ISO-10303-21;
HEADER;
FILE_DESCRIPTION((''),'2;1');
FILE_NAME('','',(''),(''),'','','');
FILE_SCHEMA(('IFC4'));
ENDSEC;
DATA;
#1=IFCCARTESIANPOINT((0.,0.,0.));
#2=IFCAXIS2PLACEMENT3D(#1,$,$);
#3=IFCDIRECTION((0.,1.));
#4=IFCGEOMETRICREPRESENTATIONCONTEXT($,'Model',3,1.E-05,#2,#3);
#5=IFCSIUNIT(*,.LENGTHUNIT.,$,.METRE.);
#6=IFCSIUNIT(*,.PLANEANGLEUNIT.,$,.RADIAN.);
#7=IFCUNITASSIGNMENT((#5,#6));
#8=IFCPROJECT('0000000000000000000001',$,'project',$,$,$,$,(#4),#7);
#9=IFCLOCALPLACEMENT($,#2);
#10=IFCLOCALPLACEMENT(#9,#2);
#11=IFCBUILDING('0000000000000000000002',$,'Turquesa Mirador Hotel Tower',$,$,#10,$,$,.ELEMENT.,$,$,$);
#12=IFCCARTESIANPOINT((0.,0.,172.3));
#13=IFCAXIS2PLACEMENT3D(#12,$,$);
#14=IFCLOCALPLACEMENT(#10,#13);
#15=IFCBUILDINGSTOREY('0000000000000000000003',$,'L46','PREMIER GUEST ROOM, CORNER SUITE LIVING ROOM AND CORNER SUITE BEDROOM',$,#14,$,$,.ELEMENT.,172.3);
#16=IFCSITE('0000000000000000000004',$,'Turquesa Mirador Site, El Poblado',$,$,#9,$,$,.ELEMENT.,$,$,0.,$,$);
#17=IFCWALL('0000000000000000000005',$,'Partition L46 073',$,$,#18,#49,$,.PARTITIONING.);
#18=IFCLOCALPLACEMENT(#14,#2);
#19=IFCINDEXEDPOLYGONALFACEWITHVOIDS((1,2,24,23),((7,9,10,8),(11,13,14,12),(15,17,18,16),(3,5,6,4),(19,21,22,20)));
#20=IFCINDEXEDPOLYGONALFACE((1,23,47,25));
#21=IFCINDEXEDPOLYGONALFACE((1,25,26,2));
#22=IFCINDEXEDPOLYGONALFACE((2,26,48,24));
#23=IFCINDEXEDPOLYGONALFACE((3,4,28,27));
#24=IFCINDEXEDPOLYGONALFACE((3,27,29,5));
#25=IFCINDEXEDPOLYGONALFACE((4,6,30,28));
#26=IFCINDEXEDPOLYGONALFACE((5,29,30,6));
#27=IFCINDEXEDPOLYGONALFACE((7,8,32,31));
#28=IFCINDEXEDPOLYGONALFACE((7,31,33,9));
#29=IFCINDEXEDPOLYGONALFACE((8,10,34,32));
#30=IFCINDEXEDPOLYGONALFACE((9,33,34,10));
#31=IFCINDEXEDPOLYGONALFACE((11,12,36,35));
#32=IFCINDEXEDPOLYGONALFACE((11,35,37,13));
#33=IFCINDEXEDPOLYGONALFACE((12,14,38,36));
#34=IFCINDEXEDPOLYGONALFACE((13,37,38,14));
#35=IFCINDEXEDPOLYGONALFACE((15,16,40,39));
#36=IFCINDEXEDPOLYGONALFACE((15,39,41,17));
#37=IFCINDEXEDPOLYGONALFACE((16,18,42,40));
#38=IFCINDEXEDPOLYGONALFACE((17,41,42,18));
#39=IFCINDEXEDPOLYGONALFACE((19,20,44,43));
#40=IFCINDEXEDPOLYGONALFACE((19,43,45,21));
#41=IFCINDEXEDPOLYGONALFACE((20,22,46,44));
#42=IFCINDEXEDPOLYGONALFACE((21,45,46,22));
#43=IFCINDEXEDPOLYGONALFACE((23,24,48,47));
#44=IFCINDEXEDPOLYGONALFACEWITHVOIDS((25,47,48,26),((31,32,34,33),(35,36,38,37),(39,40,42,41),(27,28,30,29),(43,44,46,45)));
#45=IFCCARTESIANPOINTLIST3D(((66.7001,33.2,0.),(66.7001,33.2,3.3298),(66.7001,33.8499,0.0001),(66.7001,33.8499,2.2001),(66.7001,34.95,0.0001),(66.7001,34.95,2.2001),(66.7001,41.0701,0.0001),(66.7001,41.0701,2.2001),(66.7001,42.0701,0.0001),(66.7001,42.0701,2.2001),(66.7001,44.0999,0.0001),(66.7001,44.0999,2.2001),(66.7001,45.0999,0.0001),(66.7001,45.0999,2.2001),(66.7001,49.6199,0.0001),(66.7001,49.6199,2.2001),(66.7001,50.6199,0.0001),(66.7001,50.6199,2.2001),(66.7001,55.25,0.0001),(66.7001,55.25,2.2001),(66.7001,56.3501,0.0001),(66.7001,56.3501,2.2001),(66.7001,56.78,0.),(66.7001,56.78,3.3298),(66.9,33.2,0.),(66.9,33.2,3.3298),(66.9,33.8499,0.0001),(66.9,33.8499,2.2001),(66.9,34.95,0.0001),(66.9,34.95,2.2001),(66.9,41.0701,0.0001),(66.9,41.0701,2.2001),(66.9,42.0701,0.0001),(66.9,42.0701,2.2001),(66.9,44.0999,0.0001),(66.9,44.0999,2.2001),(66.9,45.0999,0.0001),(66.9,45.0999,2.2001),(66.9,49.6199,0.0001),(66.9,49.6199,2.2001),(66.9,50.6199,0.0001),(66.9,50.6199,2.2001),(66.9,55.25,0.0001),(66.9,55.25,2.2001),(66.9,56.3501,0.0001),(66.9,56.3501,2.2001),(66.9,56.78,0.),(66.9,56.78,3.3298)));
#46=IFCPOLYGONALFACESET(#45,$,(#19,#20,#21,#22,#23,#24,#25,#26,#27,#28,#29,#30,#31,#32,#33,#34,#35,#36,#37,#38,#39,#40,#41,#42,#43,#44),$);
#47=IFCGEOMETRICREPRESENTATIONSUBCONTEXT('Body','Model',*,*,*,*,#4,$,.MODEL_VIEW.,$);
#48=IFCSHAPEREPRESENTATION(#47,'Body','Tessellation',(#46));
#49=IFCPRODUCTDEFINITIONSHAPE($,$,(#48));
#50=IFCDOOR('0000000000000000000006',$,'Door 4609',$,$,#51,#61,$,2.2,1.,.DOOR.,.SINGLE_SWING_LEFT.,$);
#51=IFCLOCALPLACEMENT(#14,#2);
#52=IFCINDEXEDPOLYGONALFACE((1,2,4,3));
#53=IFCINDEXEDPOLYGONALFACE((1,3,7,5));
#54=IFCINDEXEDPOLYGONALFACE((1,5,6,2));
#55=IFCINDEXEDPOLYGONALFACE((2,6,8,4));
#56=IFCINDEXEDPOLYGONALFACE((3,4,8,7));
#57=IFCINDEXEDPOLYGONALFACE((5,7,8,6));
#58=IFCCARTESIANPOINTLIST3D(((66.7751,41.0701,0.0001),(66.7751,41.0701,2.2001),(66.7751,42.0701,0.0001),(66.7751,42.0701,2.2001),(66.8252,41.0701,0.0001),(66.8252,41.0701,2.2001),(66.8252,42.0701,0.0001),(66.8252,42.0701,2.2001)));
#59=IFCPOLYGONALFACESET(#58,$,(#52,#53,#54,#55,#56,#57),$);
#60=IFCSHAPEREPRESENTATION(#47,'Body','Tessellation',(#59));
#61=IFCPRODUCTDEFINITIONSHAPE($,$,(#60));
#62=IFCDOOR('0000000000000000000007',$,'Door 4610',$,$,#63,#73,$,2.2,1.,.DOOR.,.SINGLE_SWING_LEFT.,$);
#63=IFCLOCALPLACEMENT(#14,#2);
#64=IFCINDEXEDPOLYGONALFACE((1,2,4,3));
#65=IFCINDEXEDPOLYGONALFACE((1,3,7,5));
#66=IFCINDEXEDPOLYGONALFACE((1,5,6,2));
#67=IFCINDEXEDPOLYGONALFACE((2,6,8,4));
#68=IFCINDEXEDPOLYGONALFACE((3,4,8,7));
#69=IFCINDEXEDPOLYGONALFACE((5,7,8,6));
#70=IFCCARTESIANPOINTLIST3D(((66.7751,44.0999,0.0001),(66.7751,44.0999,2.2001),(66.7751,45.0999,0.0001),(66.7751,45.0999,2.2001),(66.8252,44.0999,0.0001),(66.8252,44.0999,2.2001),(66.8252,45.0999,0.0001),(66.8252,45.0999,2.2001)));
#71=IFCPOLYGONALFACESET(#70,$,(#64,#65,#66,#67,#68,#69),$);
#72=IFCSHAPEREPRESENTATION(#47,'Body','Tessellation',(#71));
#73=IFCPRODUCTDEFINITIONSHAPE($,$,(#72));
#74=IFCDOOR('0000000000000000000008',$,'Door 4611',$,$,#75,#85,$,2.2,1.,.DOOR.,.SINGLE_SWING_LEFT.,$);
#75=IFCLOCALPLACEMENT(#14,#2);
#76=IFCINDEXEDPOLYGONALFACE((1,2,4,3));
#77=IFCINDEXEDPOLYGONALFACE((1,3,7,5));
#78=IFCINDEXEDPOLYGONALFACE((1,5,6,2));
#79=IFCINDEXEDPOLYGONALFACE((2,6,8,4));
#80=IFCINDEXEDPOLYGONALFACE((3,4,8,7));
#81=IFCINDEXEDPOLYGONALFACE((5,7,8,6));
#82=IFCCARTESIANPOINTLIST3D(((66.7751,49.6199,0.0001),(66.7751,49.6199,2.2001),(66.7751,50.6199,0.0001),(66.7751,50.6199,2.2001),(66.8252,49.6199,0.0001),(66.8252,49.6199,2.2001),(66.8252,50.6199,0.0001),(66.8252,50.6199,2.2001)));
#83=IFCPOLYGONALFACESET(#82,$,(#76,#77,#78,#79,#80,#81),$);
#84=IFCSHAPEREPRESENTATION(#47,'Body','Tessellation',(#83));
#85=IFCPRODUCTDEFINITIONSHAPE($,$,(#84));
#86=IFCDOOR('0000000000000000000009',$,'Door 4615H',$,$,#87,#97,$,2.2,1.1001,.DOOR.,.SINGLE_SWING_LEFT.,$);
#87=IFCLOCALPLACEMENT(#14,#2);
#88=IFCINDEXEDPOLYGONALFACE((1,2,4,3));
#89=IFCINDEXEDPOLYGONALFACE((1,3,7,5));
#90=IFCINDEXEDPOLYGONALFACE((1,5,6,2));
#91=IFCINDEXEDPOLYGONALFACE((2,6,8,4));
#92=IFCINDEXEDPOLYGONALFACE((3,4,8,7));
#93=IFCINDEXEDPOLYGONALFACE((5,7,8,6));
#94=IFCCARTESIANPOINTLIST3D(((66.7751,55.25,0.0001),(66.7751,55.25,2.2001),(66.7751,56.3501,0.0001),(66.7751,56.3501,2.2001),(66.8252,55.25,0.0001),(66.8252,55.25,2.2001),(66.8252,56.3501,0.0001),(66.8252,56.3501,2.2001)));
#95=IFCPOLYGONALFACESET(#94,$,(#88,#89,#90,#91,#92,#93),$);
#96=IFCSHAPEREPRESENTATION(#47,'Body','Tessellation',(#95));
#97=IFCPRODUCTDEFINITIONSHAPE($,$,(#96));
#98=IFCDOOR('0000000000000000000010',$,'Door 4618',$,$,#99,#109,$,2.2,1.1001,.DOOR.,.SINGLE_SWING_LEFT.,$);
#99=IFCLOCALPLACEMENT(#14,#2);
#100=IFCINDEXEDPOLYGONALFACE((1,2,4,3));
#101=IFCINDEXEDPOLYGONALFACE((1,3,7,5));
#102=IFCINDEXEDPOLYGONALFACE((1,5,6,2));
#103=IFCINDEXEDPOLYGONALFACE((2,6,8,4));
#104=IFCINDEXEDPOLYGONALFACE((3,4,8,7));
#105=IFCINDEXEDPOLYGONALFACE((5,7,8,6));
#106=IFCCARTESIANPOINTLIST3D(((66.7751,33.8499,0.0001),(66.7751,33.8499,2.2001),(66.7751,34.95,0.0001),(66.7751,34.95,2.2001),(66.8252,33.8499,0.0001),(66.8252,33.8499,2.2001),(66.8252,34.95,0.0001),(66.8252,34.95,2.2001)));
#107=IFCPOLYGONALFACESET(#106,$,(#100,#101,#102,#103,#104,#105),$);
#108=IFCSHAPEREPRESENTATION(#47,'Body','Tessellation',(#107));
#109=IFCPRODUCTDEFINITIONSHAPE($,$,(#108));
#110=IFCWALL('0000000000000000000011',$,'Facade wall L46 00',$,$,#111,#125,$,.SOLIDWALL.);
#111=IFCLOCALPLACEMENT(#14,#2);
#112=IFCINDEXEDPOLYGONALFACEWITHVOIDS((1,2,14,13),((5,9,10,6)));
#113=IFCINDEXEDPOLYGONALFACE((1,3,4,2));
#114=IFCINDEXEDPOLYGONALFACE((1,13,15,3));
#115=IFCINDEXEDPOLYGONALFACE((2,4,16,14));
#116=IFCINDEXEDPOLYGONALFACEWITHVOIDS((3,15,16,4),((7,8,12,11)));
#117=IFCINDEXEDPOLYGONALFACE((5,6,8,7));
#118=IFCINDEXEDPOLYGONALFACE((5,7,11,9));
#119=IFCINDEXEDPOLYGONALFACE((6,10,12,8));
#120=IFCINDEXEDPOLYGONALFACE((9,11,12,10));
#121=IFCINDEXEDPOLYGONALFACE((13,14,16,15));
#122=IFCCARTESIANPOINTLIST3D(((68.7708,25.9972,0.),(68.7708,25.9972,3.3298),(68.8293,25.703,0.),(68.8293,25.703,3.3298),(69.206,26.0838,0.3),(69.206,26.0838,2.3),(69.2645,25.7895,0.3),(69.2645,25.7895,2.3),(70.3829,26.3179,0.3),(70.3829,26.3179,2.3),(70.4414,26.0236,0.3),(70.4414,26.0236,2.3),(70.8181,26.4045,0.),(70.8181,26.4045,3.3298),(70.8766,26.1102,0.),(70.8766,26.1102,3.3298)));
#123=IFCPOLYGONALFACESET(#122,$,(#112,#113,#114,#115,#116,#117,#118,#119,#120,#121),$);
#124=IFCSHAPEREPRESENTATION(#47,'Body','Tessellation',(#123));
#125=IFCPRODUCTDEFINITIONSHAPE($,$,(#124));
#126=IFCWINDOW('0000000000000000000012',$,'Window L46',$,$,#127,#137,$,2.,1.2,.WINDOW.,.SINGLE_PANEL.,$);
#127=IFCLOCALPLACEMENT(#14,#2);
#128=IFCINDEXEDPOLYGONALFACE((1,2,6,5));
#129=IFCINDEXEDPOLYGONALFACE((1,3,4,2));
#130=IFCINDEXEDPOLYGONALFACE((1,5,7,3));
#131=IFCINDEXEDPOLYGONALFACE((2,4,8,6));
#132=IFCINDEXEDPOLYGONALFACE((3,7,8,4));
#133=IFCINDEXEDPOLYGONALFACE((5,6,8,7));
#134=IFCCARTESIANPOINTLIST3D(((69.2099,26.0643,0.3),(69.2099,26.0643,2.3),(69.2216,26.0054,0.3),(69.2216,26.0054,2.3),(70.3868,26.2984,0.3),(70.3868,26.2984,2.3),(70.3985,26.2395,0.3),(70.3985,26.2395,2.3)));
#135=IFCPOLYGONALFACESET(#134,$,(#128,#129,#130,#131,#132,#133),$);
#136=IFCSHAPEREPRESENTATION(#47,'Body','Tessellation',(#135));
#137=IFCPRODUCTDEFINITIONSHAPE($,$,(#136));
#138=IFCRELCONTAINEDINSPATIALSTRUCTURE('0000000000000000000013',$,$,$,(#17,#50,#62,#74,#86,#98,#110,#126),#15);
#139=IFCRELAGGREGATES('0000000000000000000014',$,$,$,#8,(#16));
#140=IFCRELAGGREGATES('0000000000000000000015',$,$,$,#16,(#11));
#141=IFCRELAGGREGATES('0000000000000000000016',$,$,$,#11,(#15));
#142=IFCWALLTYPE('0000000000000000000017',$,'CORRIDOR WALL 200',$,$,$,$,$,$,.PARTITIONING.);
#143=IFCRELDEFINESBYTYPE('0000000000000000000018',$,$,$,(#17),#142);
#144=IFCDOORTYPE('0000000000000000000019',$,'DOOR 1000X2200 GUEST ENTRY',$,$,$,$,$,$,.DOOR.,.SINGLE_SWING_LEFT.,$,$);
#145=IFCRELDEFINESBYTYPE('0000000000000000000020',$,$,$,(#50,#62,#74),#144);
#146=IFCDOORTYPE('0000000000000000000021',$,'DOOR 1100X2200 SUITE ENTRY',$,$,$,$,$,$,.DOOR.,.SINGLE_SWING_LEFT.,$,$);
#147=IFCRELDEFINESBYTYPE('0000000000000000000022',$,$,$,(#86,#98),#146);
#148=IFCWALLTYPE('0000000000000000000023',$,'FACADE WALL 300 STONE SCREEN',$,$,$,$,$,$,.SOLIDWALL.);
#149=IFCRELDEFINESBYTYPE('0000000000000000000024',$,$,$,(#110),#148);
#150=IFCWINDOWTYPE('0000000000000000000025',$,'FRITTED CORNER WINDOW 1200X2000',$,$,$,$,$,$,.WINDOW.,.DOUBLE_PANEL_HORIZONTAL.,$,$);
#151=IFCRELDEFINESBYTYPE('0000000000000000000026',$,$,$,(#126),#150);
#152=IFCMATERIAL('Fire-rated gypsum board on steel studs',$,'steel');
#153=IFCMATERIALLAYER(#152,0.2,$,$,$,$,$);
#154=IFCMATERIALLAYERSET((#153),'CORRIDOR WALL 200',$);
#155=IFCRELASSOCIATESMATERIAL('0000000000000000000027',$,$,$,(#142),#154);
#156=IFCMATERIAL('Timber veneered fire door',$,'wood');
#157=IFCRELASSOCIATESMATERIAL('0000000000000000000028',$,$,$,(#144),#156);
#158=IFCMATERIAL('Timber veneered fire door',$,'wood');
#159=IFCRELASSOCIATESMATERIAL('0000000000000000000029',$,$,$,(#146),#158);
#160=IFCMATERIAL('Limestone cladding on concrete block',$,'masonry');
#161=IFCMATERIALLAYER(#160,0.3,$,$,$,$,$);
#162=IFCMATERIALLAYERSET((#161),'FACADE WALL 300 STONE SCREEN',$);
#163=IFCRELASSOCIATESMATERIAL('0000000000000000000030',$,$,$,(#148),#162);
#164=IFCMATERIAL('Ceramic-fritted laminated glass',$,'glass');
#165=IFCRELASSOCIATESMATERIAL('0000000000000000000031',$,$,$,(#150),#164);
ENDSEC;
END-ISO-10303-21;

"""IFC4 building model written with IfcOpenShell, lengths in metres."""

from ifc_helpers import new_model, si_unit, direction, frame, frame_2d, origin, place, context, subcontext, project, spatial, rectangle, extrude, material, layer, layer_set, type_object, element, fill, save


model = new_model("IFC4")

# Units and contexts
model_context = context("Model", 3, precision=1e-05, world=origin(), true_north=direction((0.0, 1.0)))
body_context = subcontext(model_context, "Body", "Model", "MODEL_VIEW")
ifc_project = project(units=[si_unit("LENGTHUNIT", "METRE"), si_unit("PLANEANGLEUNIT", "RADIAN")], contexts=[model_context])

# Site, building, storey
site_placement = place(None, origin())
site = spatial("IfcSite", under=ifc_project, at=site_placement, Name="Turquesa Mirador Site, El Poblado", CompositionType="ELEMENT", RefElevation=0.0)
building_placement = place(site_placement, origin())
building = spatial("IfcBuilding", under=site, at=building_placement, Name="Turquesa Mirador Hotel Tower", CompositionType="ELEMENT")
storey_placement = place(building_placement, frame((0.0, 0.0, 172.3)))
storey = spatial("IfcBuildingStorey", under=building, at=storey_placement, Name="L46", Description="PREMIER GUEST ROOM, CORNER SUITE LIVING ROOM AND CORNER SUITE BEDROOM", CompositionType="ELEMENT", Elevation=172.3)

# Wall, openings, doors
ifc_material_1 = material(Name="Fire-rated gypsum board on steel studs", Category="steel")
ifc_layer_1 = layer(ifc_material_1, 0.2)
ifc_layer_set_1 = layer_set([ifc_layer_1], Name="CORRIDOR WALL 200")
wall_type_1 = type_object("IfcWallType", Name="CORRIDOR WALL 200", PredefinedType="PARTITIONING", material=ifc_layer_set_1)
wall_1_placement = place(storey_placement, frame((66.8, 33.2, 0.0), z_axis=(0.0, 0.0, 1.0), x_axis=(0.0, 1.0, 0.0)))
wall_1 = element("IfcWall", 1, at=wall_1_placement, inside=storey, type_object=wall_type_1, Name="Partition L46 073", PredefinedType="PARTITIONING", context=body_context, shape_type="SweptSolid", body=[
    extrude(rectangle(XDim=23.5801, YDim=0.2, at=frame_2d((11.79, 0.0))), origin(), (0.0, 0.0, 1.0), 3.3298),
])
opening_1_placement = place(wall_1_placement, frame((7.8701, 0.0, 0.0)))
opening_1 = element("IfcOpeningElement", 2, at=opening_1_placement, cuts=wall_1, PredefinedType="OPENING", context=body_context, shape_type="SweptSolid", body=[
    extrude(rectangle(XDim=1.0, YDim=2.2, at=frame_2d((0.5, 1.1001))), frame((0.0, 0.1099, 0.0), z_axis=(0.0, -1.0, 0.0), x_axis=(1.0, 0.0, 0.0)), (0.0, 0.0, 1.0), 0.22),
])
opening_2_placement = place(wall_1_placement, frame((10.8999, 0.0, 0.0)))
opening_2 = element("IfcOpeningElement", 3, at=opening_2_placement, cuts=wall_1, PredefinedType="OPENING", context=body_context, shape_type="SweptSolid", body=[
    extrude(rectangle(XDim=1.0, YDim=2.2, at=frame_2d((0.5, 1.1001))), frame((0.0, 0.1099, 0.0), z_axis=(0.0, -1.0, 0.0), x_axis=(1.0, 0.0, 0.0)), (0.0, 0.0, 1.0), 0.22),
])
opening_3_placement = place(wall_1_placement, frame((16.4199, 0.0, 0.0)))
opening_3 = element("IfcOpeningElement", 4, at=opening_3_placement, cuts=wall_1, PredefinedType="OPENING", context=body_context, shape_type="SweptSolid", body=[
    extrude(rectangle(XDim=1.0, YDim=2.2, at=frame_2d((0.5, 1.1001))), frame((0.0, 0.1099, 0.0), z_axis=(0.0, -1.0, 0.0), x_axis=(1.0, 0.0, 0.0)), (0.0, 0.0, 1.0), 0.22),
])
opening_4_placement = place(wall_1_placement, frame((22.05, 0.0, 0.0)))
opening_4 = element("IfcOpeningElement", 5, at=opening_4_placement, cuts=wall_1, PredefinedType="OPENING", context=body_context, shape_type="SweptSolid", body=[
    extrude(rectangle(XDim=1.1001, YDim=2.2, at=frame_2d((0.55, 1.1001))), frame((0.0, 0.1099, 0.0), z_axis=(0.0, -1.0, 0.0), x_axis=(1.0, 0.0, 0.0)), (0.0, 0.0, 1.0), 0.22),
])
opening_5_placement = place(wall_1_placement, frame((0.6499, 0.0, 0.0)))
opening_5 = element("IfcOpeningElement", 6, at=opening_5_placement, cuts=wall_1, PredefinedType="OPENING", context=body_context, shape_type="SweptSolid", body=[
    extrude(rectangle(XDim=1.1001, YDim=2.2, at=frame_2d((0.55, 1.1001))), frame((0.0, 0.1099, 0.0), z_axis=(0.0, -1.0, 0.0), x_axis=(1.0, 0.0, 0.0)), (0.0, 0.0, 1.0), 0.22),
])
ifc_material_2 = material(Name="Timber veneered fire door", Category="wood")
door_type_1 = type_object("IfcDoorType", Name="DOOR 1000X2200 GUEST ENTRY", OperationType="SINGLE_SWING_LEFT", PredefinedType="DOOR", material=ifc_material_2)
door_1_placement = place(opening_1_placement, origin())
door_1 = element("IfcDoor", 7, at=door_1_placement, inside=storey, type_object=door_type_1, Name="Door 4609", OperationType="SINGLE_SWING_LEFT", OverallHeight=2.2, OverallWidth=1.0, PredefinedType="DOOR", context=body_context, shape_type="SweptSolid", body=[
    extrude(rectangle(XDim=1.0, YDim=2.2, at=frame_2d((0.5, 1.1001))), frame((0.0, 0.0249, 0.0), z_axis=(0.0, -1.0, 0.0), x_axis=(1.0, 0.0, 0.0)), (0.0, 0.0, 1.0), 0.05),
])
fill(opening_1, door_1)
door_2_placement = place(opening_2_placement, origin())
door_2 = element("IfcDoor", 8, at=door_2_placement, inside=storey, type_object=door_type_1, Name="Door 4610", OperationType="SINGLE_SWING_LEFT", OverallHeight=2.2, OverallWidth=1.0, PredefinedType="DOOR", context=body_context, shape_type="SweptSolid", body=[
    extrude(rectangle(XDim=1.0, YDim=2.2, at=frame_2d((0.5, 1.1001))), frame((0.0, 0.0249, 0.0), z_axis=(0.0, -1.0, 0.0), x_axis=(1.0, 0.0, 0.0)), (0.0, 0.0, 1.0), 0.05),
])
fill(opening_2, door_2)
door_3_placement = place(opening_3_placement, origin())
door_3 = element("IfcDoor", 9, at=door_3_placement, inside=storey, type_object=door_type_1, Name="Door 4611", OperationType="SINGLE_SWING_LEFT", OverallHeight=2.2, OverallWidth=1.0, PredefinedType="DOOR", context=body_context, shape_type="SweptSolid", body=[
    extrude(rectangle(XDim=1.0, YDim=2.2, at=frame_2d((0.5, 1.1001))), frame((0.0, 0.0249, 0.0), z_axis=(0.0, -1.0, 0.0), x_axis=(1.0, 0.0, 0.0)), (0.0, 0.0, 1.0), 0.05),
])
fill(opening_3, door_3)
ifc_material_3 = material(Name="Timber veneered fire door", Category="wood")
door_type_2 = type_object("IfcDoorType", Name="DOOR 1100X2200 SUITE ENTRY", OperationType="SINGLE_SWING_LEFT", PredefinedType="DOOR", material=ifc_material_3)
door_4_placement = place(opening_4_placement, origin())
door_4 = element("IfcDoor", 10, at=door_4_placement, inside=storey, type_object=door_type_2, Name="Door 4615H", OperationType="SINGLE_SWING_LEFT", OverallHeight=2.2, OverallWidth=1.1001, PredefinedType="DOOR", context=body_context, shape_type="SweptSolid", body=[
    extrude(rectangle(XDim=1.1001, YDim=2.2, at=frame_2d((0.55, 1.1001))), frame((0.0, 0.0249, 0.0), z_axis=(0.0, -1.0, 0.0), x_axis=(1.0, 0.0, 0.0)), (0.0, 0.0, 1.0), 0.05),
])
fill(opening_4, door_4)
door_5_placement = place(opening_5_placement, origin())
door_5 = element("IfcDoor", 11, at=door_5_placement, inside=storey, type_object=door_type_2, Name="Door 4618", OperationType="SINGLE_SWING_LEFT", OverallHeight=2.2, OverallWidth=1.1001, PredefinedType="DOOR", context=body_context, shape_type="SweptSolid", body=[
    extrude(rectangle(XDim=1.1001, YDim=2.2, at=frame_2d((0.55, 1.1001))), frame((0.0, 0.0249, 0.0), z_axis=(0.0, -1.0, 0.0), x_axis=(1.0, 0.0, 0.0)), (0.0, 0.0, 1.0), 0.05),
])
fill(opening_5, door_5)

# Wall, opening, window
ifc_material_4 = material(Name="Limestone cladding on concrete block", Category="masonry")
ifc_layer_2 = layer(ifc_material_4, 0.3)
ifc_layer_set_2 = layer_set([ifc_layer_2], Name="FACADE WALL 300 STONE SCREEN")
wall_type_2 = type_object("IfcWallType", Name="FACADE WALL 300 STONE SCREEN", PredefinedType="SOLIDWALL", material=ifc_layer_set_2)
wall_2_placement = place(storey_placement, frame((68.8, 25.8501, 0.0), z_axis=(0.0, 0.0, 1.0), x_axis=(0.980787, 0.195081, 0.0)))
wall_2 = element("IfcWall", 12, at=wall_2_placement, inside=storey, type_object=wall_type_2, Name="Facade wall L46 00", PredefinedType="SOLIDWALL", context=body_context, shape_type="SweptSolid", body=[
    extrude(rectangle(XDim=2.0874, YDim=0.3, at=frame_2d((1.0437, 0.0))), origin(), (0.0, 0.0, 1.0), 3.3298),
])
opening_6_placement = place(wall_2_placement, frame((0.4436, 0.0, 0.3)))
opening_6 = element("IfcOpeningElement", 13, at=opening_6_placement, cuts=wall_2, PredefinedType="OPENING", context=body_context, shape_type="SweptSolid", body=[
    extrude(rectangle(XDim=1.2, YDim=2.0, at=frame_2d((0.6001, 1.0))), frame((0.0, 0.1599, 0.0), z_axis=(0.0, -1.0, 0.0), x_axis=(1.0, 0.0, 0.0)), (0.0, 0.0, 1.0), 0.3201),
])
ifc_material_5 = material(Name="Ceramic-fritted laminated glass", Category="glass")
window_type = type_object("IfcWindowType", Name="FRITTED CORNER WINDOW 1200X2000", PartitioningType="DOUBLE_PANEL_HORIZONTAL", PredefinedType="WINDOW", material=ifc_material_5)
window_1_placement = place(opening_6_placement, origin())
window_1 = element("IfcWindow", 14, at=window_1_placement, inside=storey, type_object=window_type, Name="Window L46", OverallHeight=2.0, OverallWidth=1.2, PartitioningType="SINGLE_PANEL", PredefinedType="WINDOW", context=body_context, shape_type="SweptSolid", body=[
    extrude(rectangle(XDim=1.2, YDim=2.0, at=frame_2d((0.6001, 1.0))), frame((0.0, 0.1301, 0.0), z_axis=(0.0, -1.0, 0.0), x_axis=(1.0, 0.0, 0.0)), (0.0, 0.0, 1.0), 0.0601),
])
fill(opening_6, window_1)

save(model, "model.ifc")
